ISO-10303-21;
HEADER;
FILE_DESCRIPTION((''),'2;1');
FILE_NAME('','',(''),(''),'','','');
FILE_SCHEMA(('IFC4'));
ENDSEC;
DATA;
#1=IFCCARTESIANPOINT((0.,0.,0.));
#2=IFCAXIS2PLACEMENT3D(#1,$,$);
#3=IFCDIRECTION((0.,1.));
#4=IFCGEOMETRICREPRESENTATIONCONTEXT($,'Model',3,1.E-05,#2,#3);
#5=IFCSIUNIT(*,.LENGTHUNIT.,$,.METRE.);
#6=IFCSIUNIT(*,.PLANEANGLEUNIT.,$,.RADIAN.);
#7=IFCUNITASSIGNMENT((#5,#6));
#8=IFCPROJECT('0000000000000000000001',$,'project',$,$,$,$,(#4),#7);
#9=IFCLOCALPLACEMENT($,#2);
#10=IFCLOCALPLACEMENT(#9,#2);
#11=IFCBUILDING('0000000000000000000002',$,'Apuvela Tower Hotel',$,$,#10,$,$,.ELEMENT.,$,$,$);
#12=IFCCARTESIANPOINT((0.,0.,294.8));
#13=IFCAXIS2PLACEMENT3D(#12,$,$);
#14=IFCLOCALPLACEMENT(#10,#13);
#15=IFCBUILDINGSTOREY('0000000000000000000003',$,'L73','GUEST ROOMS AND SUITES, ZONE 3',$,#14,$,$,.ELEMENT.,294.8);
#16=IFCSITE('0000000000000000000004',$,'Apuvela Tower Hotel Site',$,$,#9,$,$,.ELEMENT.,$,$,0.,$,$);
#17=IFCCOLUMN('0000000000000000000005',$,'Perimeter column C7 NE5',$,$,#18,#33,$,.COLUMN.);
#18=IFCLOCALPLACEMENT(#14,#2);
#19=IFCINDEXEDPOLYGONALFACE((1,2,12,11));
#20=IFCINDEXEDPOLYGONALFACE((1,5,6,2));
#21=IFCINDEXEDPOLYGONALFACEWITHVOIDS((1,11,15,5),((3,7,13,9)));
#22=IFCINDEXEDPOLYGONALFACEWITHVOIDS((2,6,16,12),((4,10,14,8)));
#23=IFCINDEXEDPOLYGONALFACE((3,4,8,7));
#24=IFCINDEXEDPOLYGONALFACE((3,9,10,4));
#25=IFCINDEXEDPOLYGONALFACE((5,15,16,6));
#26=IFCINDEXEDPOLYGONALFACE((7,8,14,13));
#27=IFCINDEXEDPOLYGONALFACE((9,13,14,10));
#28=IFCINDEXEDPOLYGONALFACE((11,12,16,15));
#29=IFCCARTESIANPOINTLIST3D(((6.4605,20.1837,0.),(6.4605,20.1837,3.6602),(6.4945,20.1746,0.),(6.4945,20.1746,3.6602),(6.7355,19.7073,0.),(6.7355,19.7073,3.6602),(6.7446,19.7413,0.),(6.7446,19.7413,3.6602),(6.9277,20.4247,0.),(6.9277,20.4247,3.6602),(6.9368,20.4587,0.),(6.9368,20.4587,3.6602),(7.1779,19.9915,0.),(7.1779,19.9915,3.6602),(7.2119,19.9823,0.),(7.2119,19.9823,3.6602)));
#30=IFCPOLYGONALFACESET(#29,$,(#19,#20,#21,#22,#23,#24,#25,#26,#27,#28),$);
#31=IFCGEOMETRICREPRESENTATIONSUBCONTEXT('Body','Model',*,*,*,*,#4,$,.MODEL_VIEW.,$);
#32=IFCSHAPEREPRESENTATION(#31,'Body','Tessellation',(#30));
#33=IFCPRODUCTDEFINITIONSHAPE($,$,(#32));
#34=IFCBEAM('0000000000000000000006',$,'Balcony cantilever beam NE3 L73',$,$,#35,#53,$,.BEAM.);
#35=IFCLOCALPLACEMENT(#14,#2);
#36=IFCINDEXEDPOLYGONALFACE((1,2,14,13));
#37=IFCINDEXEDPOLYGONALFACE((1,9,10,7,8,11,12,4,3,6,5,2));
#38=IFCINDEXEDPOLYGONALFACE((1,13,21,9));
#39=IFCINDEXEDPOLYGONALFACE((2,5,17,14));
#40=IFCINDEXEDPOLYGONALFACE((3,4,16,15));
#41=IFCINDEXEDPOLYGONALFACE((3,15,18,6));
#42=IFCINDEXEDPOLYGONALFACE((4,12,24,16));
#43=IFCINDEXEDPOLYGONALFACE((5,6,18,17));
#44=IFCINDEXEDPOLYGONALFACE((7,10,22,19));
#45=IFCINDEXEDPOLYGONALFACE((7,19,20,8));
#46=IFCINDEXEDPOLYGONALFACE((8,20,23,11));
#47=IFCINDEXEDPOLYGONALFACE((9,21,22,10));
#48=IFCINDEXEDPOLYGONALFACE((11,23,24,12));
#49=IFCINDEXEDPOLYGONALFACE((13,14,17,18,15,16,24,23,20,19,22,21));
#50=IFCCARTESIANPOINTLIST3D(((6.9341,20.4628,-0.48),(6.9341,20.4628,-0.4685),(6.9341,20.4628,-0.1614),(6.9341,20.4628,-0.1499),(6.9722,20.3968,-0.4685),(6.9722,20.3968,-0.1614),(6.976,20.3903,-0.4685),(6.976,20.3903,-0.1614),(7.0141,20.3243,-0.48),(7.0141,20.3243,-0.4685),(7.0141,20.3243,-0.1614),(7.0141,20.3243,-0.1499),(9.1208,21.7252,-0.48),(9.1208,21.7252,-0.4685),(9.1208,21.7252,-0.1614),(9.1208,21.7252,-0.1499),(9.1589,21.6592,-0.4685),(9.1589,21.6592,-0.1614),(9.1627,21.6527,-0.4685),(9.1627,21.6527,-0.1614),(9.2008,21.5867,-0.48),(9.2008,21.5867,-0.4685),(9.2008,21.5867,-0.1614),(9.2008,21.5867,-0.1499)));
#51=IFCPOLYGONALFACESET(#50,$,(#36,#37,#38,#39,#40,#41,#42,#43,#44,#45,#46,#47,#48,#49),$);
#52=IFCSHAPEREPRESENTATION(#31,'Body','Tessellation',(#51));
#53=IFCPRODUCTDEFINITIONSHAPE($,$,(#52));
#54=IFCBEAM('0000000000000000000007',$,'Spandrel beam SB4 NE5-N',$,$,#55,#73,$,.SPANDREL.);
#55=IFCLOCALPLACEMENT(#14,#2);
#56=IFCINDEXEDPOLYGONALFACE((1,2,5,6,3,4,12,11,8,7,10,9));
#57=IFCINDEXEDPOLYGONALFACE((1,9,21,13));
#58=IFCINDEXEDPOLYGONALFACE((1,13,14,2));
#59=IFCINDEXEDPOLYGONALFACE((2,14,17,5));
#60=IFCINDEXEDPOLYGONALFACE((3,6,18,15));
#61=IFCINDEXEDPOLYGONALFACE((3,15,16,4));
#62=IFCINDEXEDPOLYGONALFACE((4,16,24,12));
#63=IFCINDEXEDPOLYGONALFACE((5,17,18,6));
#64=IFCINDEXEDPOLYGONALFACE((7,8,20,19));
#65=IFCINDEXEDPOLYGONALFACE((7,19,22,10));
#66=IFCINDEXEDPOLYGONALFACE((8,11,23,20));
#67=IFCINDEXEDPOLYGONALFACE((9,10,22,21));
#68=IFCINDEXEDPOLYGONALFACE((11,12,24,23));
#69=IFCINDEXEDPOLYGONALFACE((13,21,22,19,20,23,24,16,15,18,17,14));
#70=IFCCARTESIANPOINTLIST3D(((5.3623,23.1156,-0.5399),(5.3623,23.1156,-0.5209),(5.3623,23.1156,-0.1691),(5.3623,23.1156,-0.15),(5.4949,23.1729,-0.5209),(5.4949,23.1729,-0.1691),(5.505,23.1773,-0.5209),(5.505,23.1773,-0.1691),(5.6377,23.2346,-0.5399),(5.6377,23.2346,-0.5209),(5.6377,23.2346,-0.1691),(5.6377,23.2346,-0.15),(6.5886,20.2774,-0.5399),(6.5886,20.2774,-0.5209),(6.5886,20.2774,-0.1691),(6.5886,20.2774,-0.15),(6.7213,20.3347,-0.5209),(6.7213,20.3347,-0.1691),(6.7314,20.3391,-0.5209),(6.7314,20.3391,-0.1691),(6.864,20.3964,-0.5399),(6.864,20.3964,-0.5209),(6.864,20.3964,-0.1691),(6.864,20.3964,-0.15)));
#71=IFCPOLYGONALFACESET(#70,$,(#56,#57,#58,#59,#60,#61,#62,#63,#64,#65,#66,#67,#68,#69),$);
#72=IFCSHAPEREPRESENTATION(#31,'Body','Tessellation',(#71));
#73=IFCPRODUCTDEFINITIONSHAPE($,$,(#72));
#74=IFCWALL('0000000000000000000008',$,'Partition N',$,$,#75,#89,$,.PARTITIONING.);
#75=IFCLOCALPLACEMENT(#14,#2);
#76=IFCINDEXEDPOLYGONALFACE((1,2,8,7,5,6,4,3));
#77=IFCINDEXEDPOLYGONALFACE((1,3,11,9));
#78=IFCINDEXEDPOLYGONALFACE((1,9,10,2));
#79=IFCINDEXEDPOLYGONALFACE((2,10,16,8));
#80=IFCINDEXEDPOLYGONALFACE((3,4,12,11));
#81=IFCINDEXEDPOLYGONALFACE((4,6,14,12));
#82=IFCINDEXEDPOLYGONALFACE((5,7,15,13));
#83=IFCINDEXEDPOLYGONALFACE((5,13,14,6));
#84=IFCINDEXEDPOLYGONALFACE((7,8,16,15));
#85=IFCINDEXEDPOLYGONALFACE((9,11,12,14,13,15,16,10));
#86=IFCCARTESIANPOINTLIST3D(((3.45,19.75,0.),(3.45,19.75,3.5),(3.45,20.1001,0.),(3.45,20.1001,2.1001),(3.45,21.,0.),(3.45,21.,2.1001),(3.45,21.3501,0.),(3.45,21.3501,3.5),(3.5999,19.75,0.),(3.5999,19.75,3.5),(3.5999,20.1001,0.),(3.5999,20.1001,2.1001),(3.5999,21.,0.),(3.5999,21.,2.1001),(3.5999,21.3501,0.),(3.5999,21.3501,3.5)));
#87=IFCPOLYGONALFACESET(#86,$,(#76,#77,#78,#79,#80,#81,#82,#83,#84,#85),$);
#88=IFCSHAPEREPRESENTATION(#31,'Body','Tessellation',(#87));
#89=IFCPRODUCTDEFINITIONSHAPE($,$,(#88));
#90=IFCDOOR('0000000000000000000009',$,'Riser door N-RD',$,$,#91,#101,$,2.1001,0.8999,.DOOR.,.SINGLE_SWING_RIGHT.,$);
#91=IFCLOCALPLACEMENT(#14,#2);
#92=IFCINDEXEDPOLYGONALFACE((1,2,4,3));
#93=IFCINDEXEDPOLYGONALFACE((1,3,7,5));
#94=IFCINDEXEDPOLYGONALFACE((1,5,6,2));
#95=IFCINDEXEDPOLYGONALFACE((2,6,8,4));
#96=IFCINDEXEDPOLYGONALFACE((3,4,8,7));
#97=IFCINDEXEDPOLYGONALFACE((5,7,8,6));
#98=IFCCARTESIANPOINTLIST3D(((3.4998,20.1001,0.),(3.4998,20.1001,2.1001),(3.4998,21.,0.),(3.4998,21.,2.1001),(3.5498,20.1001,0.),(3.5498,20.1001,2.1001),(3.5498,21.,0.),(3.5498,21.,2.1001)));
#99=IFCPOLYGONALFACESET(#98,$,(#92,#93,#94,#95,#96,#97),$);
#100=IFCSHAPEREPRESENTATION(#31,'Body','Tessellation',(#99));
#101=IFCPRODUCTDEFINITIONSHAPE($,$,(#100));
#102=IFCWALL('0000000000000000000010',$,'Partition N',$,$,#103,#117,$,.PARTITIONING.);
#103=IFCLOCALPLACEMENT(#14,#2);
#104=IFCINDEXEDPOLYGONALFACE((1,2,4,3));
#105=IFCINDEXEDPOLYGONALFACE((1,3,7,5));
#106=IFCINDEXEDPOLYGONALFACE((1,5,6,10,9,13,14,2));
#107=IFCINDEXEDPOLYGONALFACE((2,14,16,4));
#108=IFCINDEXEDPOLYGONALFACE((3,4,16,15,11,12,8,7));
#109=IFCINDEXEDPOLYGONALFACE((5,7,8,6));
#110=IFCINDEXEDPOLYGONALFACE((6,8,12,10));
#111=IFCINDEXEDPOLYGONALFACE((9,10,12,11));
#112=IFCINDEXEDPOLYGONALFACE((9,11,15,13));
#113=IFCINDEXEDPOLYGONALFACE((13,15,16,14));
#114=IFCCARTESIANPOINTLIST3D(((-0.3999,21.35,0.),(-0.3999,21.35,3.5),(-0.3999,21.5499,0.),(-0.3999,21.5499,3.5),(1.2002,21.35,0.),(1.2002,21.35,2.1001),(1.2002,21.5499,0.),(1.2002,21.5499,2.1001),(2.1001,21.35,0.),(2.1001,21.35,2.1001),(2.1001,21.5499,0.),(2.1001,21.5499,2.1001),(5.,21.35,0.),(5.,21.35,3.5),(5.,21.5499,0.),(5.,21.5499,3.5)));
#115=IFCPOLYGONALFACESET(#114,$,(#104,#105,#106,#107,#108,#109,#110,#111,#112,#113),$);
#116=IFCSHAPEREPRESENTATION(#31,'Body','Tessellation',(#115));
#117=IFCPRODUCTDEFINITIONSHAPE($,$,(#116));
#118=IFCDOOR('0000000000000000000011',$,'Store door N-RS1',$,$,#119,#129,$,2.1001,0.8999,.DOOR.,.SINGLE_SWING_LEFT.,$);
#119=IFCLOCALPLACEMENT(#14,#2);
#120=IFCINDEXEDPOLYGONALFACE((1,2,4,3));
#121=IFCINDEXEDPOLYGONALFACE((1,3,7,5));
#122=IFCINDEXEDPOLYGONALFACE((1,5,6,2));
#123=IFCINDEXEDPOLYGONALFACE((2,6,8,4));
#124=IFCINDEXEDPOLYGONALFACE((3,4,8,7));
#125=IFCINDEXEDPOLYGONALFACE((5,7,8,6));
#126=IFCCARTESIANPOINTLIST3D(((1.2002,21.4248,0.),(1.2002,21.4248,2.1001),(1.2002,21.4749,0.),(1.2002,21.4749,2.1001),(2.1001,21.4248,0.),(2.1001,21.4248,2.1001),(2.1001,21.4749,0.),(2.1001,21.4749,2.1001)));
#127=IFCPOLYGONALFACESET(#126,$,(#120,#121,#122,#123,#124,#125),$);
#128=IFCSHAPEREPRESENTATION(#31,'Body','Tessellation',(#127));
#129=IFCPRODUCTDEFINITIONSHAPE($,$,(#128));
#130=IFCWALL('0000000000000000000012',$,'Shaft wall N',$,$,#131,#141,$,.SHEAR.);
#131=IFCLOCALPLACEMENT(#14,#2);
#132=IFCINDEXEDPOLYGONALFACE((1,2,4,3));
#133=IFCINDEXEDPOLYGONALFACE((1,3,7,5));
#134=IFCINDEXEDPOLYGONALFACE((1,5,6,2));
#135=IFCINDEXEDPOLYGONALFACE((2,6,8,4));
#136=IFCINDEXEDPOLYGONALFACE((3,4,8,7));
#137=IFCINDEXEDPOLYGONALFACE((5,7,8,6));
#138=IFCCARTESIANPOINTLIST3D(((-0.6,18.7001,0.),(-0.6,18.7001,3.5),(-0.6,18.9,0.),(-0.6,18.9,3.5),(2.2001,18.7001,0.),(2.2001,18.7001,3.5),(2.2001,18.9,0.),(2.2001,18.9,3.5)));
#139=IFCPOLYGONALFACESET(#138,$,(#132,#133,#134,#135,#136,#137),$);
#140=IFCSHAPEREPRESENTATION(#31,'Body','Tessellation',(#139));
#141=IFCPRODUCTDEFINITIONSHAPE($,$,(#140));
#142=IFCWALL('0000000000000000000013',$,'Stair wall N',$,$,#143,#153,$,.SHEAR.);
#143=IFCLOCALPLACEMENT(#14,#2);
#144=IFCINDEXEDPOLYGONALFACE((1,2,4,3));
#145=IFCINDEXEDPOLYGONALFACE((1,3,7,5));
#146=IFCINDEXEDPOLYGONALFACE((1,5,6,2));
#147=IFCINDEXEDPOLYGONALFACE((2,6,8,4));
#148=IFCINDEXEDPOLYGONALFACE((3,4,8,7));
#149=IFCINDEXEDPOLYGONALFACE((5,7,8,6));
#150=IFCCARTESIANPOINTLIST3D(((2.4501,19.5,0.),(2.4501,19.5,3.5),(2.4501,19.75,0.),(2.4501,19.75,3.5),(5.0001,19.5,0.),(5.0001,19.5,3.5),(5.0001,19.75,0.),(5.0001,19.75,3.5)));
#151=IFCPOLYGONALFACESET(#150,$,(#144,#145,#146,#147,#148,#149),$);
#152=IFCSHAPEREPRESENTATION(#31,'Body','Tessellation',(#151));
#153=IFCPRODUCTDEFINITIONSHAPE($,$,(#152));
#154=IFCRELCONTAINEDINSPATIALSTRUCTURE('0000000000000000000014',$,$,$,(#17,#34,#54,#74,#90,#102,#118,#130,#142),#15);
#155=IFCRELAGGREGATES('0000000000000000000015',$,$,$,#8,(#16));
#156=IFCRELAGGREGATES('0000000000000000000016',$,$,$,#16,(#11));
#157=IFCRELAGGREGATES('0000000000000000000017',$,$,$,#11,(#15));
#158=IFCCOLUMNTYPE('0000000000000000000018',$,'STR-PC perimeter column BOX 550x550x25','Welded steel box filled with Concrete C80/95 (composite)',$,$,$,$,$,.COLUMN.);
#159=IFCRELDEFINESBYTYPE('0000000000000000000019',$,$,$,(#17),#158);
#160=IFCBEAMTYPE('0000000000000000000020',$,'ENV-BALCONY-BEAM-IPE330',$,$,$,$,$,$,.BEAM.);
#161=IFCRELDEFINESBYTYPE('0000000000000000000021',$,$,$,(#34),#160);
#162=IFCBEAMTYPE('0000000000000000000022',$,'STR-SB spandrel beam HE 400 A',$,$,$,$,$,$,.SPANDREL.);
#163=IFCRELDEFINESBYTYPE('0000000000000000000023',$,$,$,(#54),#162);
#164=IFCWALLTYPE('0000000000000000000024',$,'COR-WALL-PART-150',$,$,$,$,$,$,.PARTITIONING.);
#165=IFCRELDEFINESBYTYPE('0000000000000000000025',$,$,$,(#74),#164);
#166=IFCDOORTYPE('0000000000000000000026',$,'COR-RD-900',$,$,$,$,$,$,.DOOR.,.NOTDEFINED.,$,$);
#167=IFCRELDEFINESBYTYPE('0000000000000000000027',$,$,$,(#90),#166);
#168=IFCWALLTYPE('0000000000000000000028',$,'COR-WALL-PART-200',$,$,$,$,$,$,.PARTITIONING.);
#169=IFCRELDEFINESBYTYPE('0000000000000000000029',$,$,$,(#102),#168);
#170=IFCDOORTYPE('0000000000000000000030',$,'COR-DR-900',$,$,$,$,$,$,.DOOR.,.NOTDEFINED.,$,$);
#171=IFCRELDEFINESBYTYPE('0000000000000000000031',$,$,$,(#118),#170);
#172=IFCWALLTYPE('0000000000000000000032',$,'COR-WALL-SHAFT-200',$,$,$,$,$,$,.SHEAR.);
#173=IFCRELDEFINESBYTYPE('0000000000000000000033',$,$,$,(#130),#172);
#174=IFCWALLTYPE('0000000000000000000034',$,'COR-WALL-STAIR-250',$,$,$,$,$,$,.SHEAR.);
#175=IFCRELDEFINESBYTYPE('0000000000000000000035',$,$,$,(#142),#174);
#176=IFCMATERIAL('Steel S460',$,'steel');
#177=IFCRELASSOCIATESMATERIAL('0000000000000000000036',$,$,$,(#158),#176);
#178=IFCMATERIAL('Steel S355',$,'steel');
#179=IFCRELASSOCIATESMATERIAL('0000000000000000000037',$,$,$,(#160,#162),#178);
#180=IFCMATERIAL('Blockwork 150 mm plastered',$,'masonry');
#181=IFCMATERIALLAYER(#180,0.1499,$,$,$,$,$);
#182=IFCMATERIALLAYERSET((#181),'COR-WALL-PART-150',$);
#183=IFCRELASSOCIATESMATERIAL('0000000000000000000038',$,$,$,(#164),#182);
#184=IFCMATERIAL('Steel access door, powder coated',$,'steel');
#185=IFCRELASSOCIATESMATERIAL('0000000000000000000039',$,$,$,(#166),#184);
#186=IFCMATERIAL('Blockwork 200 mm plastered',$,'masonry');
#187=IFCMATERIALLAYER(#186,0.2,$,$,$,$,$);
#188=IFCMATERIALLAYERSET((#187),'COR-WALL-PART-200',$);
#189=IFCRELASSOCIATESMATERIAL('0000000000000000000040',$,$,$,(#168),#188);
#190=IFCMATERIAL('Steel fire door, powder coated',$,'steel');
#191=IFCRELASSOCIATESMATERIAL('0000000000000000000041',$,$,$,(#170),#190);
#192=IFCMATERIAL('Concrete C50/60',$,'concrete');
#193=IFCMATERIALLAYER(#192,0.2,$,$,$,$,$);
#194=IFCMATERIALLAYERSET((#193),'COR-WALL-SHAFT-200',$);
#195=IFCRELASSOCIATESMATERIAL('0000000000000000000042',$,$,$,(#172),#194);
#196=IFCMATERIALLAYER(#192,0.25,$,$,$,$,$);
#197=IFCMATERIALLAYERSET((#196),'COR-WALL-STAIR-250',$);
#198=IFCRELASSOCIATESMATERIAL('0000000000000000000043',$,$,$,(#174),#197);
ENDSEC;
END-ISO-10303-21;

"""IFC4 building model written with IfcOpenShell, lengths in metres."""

from ifc_helpers import new_model, si_unit, direction, frame, frame_2d, origin, origin_2d, place, context, subcontext, project, spatial, rectangle, hollow_rectangle, i_section, extrude, boolean, halfspace, material, layer, layer_set, material_profile, profile_set, type_object, element, fill, save


model = new_model("IFC4")

# Units and contexts
model_context = context("Model", 3, precision=1e-05, world=origin(), true_north=direction((0.0, 1.0)))
body_context = subcontext(model_context, "Body", "Model", "MODEL_VIEW")
ifc_project = project(units=[si_unit("LENGTHUNIT", "METRE"), si_unit("PLANEANGLEUNIT", "RADIAN")], contexts=[model_context])

# Site, building, storey
site_placement = place(None, origin())
site = spatial("IfcSite", under=ifc_project, at=site_placement, Name="Apuvela Tower Hotel Site", CompositionType="ELEMENT", RefElevation=0.0)
building_placement = place(site_placement, origin())
building = spatial("IfcBuilding", under=site, at=building_placement, Name="Apuvela Tower Hotel", CompositionType="ELEMENT")
storey_placement = place(building_placement, frame((0.0, 0.0, 294.8)))
storey = spatial("IfcBuildingStorey", under=building, at=storey_placement, Name="L73", Description="GUEST ROOMS AND SUITES, ZONE 3", CompositionType="ELEMENT", Elevation=294.8)

# Column
ifc_material_1 = material(Name="Steel S460", Category="steel")
ifc_material_profile_1 = material_profile(ifc_material_1, hollow_rectangle(XDim=0.55, YDim=0.55, WallThickness=0.0249, at=origin_2d()), Name="BOX 550x550x25")
ifc_material_2 = material(Name="Concrete C80/95", Category="concrete")
ifc_material_profile_2 = material_profile(ifc_material_2, rectangle(XDim=0.5, YDim=0.5, at=origin_2d()), Name="Concrete C80/95 infill")
ifc_profile_set_1 = profile_set([ifc_material_profile_1, ifc_material_profile_2], Name="Steel S460")
column_type = type_object("IfcColumnType", Name="STR-PC perimeter column BOX 550x550x25", Description="Welded steel box filled with Concrete C80/95 (composite)", PredefinedType="COLUMN", material=ifc_profile_set_1)
column_placement = place(storey_placement, frame((6.8362, 20.083, 0.0), z_axis=(0.0, 0.0, 1.0), x_axis=(-0.5, 0.866025, 0.0)))
element("IfcColumn", 1, at=column_placement, inside=storey, type_object=column_type, Name="Perimeter column C7 NE5", PredefinedType="COLUMN", context=body_context, shape_type="SweptSolid", body=[
    boolean("DIFFERENCE", extrude(hollow_rectangle(XDim=0.55, YDim=0.55, WallThickness=0.0249, at=origin_2d()), origin(), (0.0, 0.0, 1.0), 3.7), halfspace(frame((0.0, 0.0, 3.6602), z_axis=(0.0, 0.0, 1.0), x_axis=(1.0, 0.0, 0.0)), False)),
])

# Beams
ifc_material_3 = material(Name="Steel S355", Category="steel")
ifc_material_profile_3 = material_profile(ifc_material_3, i_section(OverallWidth=0.1599, OverallDepth=0.3301, WebThickness=0.0076, FlangeThickness=0.0115, at=origin_2d()), Name="IPE 330")
ifc_profile_set_2 = profile_set([ifc_material_profile_3], Name="Steel S355")
beam_type_1 = type_object("IfcBeamType", Name="ENV-BALCONY-BEAM-IPE330", PredefinedType="BEAM", material=ifc_profile_set_2)
beam_1_placement = place(storey_placement, frame((6.9741, 20.3936, -0.3149), z_axis=(0.866039, 0.499976, 0.0), x_axis=(-0.499976, 0.866039, 0.0)))
element("IfcBeam", 2, at=beam_1_placement, inside=storey, type_object=beam_type_1, Name="Balcony cantilever beam NE3 L73", PredefinedType="BEAM", context=body_context, shape_type="SweptSolid", body=[
    extrude(i_section(OverallWidth=0.1599, OverallDepth=0.3301, WebThickness=0.0076, FlangeThickness=0.0115, at=origin_2d()), origin(), (0.0, 0.0, 1.0), 2.5249),
])
ifc_material_profile_4 = material_profile(ifc_material_3, i_section(OverallWidth=0.3, OverallDepth=0.3899, WebThickness=0.011, FlangeThickness=0.019, at=origin_2d()), Name="HE 400 A")
ifc_profile_set_3 = profile_set([ifc_material_profile_4], Name="Steel S355")
beam_type_2 = type_object("IfcBeamType", Name="STR-SB spandrel beam HE 400 A", PredefinedType="SPANDREL", material=ifc_profile_set_3)
beam_2_placement = place(storey_placement, frame((6.7263, 20.3369, -0.345), z_axis=(-0.396643, 0.917973, 0.0), x_axis=(-0.917973, -0.396643, 0.0)))
element("IfcBeam", 3, at=beam_2_placement, inside=storey, type_object=beam_type_2, Name="Spandrel beam SB4 NE5-N", PredefinedType="SPANDREL", context=body_context, shape_type="SweptSolid", body=[
    extrude(i_section(OverallWidth=0.3, OverallDepth=0.3899, WebThickness=0.011, FlangeThickness=0.019, at=origin_2d()), origin(), (0.0, 0.0, 1.0), 3.0918),
])

# Walls, openings, doors
ifc_material_4 = material(Name="Blockwork 150 mm plastered", Category="masonry")
ifc_layer_1 = layer(ifc_material_4, 0.1499)
ifc_layer_set_1 = layer_set([ifc_layer_1], Name="COR-WALL-PART-150")
wall_type_1 = type_object("IfcWallType", Name="COR-WALL-PART-150", PredefinedType="PARTITIONING", material=ifc_layer_set_1)
wall_1_placement = place(storey_placement, frame((3.5249, 19.75, 0.0), z_axis=(0.0, 0.0, 1.0), x_axis=(0.0, 1.0, 0.0)))
wall_1 = element("IfcWall", 4, at=wall_1_placement, inside=storey, type_object=wall_type_1, Name="Partition N", PredefinedType="PARTITIONING", context=body_context, shape_type="SweptSolid", body=[
    extrude(rectangle(XDim=1.6001, YDim=0.1499, at=frame_2d((0.8, 0.0))), origin(), (0.0, 0.0, 1.0), 3.5),
])
opening_1_placement = place(wall_1_placement, frame((0.3501, 0.0, 0.0)))
opening_1 = element("IfcOpeningElement", 5, at=opening_1_placement, cuts=wall_1, PredefinedType="OPENING", context=body_context, shape_type="SweptSolid", body=[
    extrude(rectangle(XDim=0.8999, YDim=2.1001, at=frame_2d((0.45, 1.05))), frame((0.0, 0.085, 0.0), z_axis=(0.0, -1.0, 0.0), x_axis=(1.0, 0.0, 0.0)), (0.0, 0.0, 1.0), 0.1699),
])
ifc_material_5 = material(Name="Steel access door, powder coated", Category="steel")
door_type_1 = type_object("IfcDoorType", Name="COR-RD-900", OperationType="NOTDEFINED", PredefinedType="DOOR", material=ifc_material_5)
door_1_placement = place(opening_1_placement, frame((0.8999, 0.0, 0.0), z_axis=(0.0, 0.0, 1.0), x_axis=(-1.0, 0.0, 0.0)))
door_1 = element("IfcDoor", 6, at=door_1_placement, inside=storey, type_object=door_type_1, Name="Riser door N-RD", OperationType="SINGLE_SWING_RIGHT", OverallHeight=2.1001, OverallWidth=0.8999, PredefinedType="DOOR", context=body_context, shape_type="SweptSolid", body=[
    extrude(rectangle(XDim=0.8999, YDim=2.1001, at=frame_2d((0.45, 1.05))), frame((0.0, 0.0249, 0.0), z_axis=(0.0, -1.0, 0.0), x_axis=(1.0, 0.0, 0.0)), (0.0, 0.0, 1.0), 0.05),
])
fill(opening_1, door_1)
ifc_material_6 = material(Name="Blockwork 200 mm plastered", Category="masonry")
ifc_layer_2 = layer(ifc_material_6, 0.2)
ifc_layer_set_2 = layer_set([ifc_layer_2], Name="COR-WALL-PART-200")
wall_type_2 = type_object("IfcWallType", Name="COR-WALL-PART-200", PredefinedType="PARTITIONING", material=ifc_layer_set_2)
wall_2_placement = place(storey_placement, frame((5.0, 21.45, 0.0), z_axis=(0.0, 0.0, 1.0), x_axis=(-1.0, 0.0, 0.0)))
wall_2 = element("IfcWall", 7, at=wall_2_placement, inside=storey, type_object=wall_type_2, Name="Partition N", PredefinedType="PARTITIONING", context=body_context, shape_type="SweptSolid", body=[
    extrude(rectangle(XDim=5.3999, YDim=0.2, at=frame_2d((2.7, 0.0))), origin(), (0.0, 0.0, 1.0), 3.5),
])
opening_2_placement = place(wall_2_placement, frame((2.8999, 0.0, 0.0)))
opening_2 = element("IfcOpeningElement", 8, at=opening_2_placement, cuts=wall_2, PredefinedType="OPENING", context=body_context, shape_type="SweptSolid", body=[
    extrude(rectangle(XDim=0.8999, YDim=2.1001, at=frame_2d((0.45, 1.05))), frame((0.0, 0.1099, 0.0), z_axis=(0.0, -1.0, 0.0), x_axis=(1.0, 0.0, 0.0)), (0.0, 0.0, 1.0), 0.22),
])
ifc_material_7 = material(Name="Steel fire door, powder coated", Category="steel")
door_type_2 = type_object("IfcDoorType", Name="COR-DR-900", OperationType="NOTDEFINED", PredefinedType="DOOR", material=ifc_material_7)
door_2_placement = place(opening_2_placement, frame((0.8999, 0.0, 0.0), z_axis=(0.0, 0.0, 1.0), x_axis=(-1.0, 0.0, 0.0)))
door_2 = element("IfcDoor", 9, at=door_2_placement, inside=storey, type_object=door_type_2, Name="Store door N-RS1", OperationType="SINGLE_SWING_LEFT", OverallHeight=2.1001, OverallWidth=0.8999, PredefinedType="DOOR", context=body_context, shape_type="SweptSolid", body=[
    extrude(rectangle(XDim=0.8999, YDim=2.1001, at=frame_2d((0.45, 1.05))), frame((0.0, 0.0249, 0.0), z_axis=(0.0, -1.0, 0.0), x_axis=(1.0, 0.0, 0.0)), (0.0, 0.0, 1.0), 0.05),
])
fill(opening_2, door_2)

# Walls
ifc_material_8 = material(Name="Concrete C50/60", Category="concrete")
ifc_layer_3 = layer(ifc_material_8, 0.2)
ifc_layer_set_3 = layer_set([ifc_layer_3], Name="COR-WALL-SHAFT-200")
wall_type_3 = type_object("IfcWallType", Name="COR-WALL-SHAFT-200", PredefinedType="SHEAR", material=ifc_layer_set_3)
wall_3_placement = place(storey_placement, frame((2.2, 18.8, 0.0), z_axis=(0.0, 0.0, 1.0), x_axis=(-1.0, 0.0, 0.0)))
element("IfcWall", 10, at=wall_3_placement, inside=storey, type_object=wall_type_3, Name="Shaft wall N", PredefinedType="SHEAR", context=body_context, shape_type="SweptSolid", body=[
    extrude(rectangle(XDim=2.8, YDim=0.2, at=frame_2d((1.3999, 0.0))), origin(), (0.0, 0.0, 1.0), 3.5),
])
ifc_layer_4 = layer(ifc_material_8, 0.25)
ifc_layer_set_4 = layer_set([ifc_layer_4], Name="COR-WALL-STAIR-250")
wall_type_4 = type_object("IfcWallType", Name="COR-WALL-STAIR-250", PredefinedType="SHEAR", material=ifc_layer_set_4)
wall_4_placement = place(storey_placement, frame((5.0, 19.625, 0.0), z_axis=(0.0, 0.0, 1.0), x_axis=(-1.0, 0.0, 0.0)))
element("IfcWall", 11, at=wall_4_placement, inside=storey, type_object=wall_type_4, Name="Stair wall N", PredefinedType="SHEAR", context=body_context, shape_type="SweptSolid", body=[
    extrude(rectangle(XDim=2.55, YDim=0.25, at=frame_2d((1.2749, 0.0))), origin(), (0.0, 0.0, 1.0), 3.5),
])

save(model, "model.ifc")
